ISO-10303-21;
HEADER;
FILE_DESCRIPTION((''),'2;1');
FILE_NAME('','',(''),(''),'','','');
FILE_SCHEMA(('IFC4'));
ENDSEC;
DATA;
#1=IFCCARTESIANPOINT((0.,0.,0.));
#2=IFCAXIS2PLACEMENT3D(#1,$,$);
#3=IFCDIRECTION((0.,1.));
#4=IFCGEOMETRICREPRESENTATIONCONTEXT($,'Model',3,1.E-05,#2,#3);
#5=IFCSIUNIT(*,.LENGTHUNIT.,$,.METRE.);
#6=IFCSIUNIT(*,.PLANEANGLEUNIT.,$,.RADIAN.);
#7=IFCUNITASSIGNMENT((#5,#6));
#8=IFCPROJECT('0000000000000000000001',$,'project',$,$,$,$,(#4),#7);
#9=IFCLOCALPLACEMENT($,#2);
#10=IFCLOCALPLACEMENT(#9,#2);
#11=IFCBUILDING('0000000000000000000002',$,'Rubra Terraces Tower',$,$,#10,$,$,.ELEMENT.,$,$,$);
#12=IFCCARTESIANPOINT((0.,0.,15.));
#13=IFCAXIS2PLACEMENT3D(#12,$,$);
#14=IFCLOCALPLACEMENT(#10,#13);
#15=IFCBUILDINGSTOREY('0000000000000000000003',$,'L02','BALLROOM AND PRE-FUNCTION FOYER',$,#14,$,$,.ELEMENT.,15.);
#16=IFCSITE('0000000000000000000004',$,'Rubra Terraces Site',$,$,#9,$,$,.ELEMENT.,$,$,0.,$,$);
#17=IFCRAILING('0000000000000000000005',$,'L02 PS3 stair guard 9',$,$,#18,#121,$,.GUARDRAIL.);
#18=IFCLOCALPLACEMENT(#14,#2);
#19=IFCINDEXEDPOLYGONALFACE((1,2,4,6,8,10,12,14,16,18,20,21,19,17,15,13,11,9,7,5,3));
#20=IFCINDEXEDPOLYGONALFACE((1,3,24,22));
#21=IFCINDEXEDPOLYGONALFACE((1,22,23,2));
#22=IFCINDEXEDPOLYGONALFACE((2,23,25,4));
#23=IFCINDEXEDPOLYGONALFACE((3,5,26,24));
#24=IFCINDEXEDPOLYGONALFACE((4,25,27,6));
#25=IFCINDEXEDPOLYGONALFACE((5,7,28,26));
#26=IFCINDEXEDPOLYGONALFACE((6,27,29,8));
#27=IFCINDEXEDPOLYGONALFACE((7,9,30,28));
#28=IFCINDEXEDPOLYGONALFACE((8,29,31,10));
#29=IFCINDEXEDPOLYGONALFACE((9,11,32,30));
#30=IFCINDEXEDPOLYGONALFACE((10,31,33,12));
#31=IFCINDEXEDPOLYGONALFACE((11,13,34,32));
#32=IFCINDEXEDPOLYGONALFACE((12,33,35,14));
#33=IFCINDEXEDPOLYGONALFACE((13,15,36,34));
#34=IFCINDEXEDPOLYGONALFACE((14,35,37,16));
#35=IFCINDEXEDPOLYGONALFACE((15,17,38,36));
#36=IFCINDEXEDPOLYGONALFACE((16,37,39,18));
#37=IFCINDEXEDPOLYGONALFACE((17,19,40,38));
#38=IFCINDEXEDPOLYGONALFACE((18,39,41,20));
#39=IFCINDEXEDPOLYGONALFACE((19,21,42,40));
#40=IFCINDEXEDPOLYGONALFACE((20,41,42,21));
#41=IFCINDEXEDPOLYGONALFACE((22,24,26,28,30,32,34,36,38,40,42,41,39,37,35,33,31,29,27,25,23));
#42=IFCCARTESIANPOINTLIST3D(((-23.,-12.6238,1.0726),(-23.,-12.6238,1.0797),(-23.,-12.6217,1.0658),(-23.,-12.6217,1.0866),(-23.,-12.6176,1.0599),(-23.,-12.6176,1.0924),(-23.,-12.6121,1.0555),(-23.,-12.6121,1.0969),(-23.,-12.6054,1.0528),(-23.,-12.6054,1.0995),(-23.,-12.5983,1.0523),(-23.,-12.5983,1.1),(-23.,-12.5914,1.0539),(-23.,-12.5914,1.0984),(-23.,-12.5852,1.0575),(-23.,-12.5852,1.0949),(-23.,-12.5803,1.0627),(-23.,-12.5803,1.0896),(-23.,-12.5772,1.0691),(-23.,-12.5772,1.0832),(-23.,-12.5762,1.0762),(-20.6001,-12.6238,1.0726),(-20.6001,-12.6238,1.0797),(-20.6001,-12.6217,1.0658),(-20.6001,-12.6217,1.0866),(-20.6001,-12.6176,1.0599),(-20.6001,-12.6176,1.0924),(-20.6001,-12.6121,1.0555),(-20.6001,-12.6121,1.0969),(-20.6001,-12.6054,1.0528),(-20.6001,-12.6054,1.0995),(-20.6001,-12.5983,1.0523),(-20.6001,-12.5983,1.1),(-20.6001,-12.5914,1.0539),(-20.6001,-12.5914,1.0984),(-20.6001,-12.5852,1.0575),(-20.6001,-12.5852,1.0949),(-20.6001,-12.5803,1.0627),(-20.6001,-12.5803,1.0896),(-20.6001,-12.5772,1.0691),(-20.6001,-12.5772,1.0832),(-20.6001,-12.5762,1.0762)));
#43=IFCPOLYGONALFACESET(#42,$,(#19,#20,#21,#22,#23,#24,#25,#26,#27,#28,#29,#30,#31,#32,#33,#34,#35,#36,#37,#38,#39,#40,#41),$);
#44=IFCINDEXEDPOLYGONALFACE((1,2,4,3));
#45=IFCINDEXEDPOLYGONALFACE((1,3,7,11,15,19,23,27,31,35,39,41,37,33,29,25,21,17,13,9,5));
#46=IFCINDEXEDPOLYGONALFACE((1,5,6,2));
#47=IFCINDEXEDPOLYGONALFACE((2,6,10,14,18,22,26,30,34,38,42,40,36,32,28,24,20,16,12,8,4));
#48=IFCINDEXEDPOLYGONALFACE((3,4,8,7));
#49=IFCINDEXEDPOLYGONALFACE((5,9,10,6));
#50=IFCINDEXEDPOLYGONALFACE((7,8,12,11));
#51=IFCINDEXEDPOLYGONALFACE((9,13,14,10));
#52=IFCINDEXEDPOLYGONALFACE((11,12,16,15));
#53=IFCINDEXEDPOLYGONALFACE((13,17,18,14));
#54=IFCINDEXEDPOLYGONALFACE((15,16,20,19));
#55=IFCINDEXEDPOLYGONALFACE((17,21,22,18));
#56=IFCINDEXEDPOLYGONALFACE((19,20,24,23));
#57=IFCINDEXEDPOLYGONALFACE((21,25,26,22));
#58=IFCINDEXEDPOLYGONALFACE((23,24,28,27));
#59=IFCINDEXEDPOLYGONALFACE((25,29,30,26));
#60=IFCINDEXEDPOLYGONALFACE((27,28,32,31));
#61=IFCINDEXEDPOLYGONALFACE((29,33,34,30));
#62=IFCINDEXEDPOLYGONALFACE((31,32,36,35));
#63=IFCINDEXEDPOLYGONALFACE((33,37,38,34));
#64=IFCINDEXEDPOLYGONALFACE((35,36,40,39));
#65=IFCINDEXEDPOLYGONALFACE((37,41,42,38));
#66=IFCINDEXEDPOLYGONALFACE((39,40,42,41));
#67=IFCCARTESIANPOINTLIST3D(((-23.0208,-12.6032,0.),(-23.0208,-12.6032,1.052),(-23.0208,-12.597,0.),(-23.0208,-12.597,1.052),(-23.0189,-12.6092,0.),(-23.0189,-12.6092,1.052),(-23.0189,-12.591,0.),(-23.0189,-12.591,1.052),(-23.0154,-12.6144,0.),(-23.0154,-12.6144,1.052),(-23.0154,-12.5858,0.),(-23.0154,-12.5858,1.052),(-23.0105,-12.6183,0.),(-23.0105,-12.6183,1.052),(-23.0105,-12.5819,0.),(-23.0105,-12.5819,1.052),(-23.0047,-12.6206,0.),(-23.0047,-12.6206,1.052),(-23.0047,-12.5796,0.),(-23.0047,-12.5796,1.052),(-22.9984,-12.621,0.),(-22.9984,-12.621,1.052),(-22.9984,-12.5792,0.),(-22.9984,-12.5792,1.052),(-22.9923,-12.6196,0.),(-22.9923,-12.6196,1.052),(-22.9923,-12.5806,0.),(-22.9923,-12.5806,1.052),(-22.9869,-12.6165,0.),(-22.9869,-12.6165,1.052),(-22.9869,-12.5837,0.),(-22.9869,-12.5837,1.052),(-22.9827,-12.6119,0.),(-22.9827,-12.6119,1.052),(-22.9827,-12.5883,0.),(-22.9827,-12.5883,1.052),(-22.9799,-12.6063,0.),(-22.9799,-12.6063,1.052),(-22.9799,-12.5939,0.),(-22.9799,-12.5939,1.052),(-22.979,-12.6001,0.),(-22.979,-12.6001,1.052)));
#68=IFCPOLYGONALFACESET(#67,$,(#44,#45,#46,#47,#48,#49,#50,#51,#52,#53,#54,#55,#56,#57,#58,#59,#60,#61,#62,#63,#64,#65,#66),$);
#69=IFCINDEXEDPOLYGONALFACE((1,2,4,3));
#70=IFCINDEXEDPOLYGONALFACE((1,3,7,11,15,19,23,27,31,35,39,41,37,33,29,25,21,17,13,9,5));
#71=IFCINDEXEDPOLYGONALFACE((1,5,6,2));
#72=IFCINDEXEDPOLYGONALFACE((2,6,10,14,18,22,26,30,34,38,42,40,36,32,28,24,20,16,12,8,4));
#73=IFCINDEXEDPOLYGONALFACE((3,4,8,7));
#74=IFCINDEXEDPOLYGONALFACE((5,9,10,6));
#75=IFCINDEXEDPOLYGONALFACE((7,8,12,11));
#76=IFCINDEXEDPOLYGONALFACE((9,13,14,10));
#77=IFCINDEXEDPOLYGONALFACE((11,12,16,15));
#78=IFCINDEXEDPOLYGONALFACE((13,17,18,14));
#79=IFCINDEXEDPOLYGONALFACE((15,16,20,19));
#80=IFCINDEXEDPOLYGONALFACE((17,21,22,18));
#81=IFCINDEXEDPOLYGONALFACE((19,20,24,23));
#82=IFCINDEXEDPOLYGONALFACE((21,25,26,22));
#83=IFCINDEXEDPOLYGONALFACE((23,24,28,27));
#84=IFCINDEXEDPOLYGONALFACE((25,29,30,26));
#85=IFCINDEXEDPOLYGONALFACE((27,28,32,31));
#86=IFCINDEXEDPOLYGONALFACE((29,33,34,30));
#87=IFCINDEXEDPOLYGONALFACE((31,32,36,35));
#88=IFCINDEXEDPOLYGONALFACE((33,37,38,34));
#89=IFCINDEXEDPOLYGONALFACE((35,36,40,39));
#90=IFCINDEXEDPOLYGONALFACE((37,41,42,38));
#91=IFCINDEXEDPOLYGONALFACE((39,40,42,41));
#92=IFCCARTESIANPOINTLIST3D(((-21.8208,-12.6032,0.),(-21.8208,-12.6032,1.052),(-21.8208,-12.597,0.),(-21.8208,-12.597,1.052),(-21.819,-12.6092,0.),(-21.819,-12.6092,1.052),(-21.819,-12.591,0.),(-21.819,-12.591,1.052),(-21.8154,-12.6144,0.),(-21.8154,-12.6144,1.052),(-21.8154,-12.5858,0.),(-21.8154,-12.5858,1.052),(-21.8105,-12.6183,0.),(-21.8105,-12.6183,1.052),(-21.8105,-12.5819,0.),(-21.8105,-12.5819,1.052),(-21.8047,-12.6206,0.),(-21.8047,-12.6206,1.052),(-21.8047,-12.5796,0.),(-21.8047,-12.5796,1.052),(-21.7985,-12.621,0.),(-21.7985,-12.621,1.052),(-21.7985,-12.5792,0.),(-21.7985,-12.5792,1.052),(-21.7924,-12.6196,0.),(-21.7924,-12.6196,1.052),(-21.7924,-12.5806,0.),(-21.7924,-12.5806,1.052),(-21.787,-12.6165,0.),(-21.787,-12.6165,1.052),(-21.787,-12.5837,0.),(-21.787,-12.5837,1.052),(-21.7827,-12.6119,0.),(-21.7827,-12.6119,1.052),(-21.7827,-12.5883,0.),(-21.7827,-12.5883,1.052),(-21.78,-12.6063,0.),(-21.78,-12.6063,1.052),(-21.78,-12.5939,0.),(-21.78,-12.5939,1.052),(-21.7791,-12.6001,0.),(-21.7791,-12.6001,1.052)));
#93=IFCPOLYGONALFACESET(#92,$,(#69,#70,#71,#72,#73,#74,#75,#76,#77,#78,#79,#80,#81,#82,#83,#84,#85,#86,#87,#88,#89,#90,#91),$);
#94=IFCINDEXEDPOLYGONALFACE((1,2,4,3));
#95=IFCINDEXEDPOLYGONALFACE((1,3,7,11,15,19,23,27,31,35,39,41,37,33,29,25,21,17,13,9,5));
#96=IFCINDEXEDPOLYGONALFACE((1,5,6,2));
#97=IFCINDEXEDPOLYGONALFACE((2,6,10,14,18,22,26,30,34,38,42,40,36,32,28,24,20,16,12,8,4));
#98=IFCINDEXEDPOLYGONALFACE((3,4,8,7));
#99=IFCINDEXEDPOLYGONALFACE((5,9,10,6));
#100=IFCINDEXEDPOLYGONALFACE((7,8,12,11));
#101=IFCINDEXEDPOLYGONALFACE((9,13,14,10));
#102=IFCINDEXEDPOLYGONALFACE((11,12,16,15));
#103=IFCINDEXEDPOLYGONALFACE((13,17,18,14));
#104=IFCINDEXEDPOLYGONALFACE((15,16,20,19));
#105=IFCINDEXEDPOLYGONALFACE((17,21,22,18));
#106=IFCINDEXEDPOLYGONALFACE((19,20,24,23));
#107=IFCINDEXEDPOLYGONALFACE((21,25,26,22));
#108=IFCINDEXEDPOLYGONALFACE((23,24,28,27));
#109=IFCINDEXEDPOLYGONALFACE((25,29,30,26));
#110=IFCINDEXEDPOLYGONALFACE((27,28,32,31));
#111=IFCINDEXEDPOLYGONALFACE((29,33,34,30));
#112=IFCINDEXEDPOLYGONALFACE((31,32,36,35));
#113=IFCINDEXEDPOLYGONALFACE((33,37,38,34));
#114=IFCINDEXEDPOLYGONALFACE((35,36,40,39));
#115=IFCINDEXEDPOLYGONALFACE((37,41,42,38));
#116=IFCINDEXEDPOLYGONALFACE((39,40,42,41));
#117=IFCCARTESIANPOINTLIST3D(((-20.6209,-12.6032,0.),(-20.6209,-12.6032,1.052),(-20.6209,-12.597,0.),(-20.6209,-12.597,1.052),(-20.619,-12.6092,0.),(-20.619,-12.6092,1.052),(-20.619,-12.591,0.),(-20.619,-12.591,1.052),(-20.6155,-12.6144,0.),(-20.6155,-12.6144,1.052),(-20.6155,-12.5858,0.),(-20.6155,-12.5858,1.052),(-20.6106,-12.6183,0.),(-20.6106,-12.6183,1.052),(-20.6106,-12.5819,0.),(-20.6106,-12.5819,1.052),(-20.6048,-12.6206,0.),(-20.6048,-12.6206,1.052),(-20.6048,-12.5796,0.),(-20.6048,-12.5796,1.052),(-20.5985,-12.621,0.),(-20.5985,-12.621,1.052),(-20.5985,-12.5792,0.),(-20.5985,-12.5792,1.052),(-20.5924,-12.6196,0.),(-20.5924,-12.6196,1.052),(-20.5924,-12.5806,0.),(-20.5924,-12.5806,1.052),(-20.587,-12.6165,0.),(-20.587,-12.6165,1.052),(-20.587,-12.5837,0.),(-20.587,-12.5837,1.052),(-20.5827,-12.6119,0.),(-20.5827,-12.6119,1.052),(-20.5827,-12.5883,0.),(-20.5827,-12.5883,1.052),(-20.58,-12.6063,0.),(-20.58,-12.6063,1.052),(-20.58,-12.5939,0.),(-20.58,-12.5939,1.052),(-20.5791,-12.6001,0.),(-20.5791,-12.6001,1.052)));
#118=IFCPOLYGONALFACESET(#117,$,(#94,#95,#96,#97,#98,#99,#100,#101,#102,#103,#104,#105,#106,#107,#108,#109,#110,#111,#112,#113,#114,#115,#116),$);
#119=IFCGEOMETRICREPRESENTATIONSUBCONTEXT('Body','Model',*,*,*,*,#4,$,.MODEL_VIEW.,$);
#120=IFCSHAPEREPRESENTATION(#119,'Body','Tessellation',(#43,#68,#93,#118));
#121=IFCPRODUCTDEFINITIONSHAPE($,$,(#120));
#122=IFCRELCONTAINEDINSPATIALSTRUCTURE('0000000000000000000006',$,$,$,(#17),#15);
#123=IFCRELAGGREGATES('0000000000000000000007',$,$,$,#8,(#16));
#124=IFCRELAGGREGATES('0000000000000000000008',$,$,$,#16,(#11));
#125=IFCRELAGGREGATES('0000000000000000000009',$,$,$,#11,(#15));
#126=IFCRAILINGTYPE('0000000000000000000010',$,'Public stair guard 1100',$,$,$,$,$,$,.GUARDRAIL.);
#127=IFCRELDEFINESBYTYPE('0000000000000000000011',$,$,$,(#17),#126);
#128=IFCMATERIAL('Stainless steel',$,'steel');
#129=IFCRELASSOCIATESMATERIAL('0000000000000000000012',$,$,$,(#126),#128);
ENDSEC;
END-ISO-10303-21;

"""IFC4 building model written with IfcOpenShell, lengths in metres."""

from ifc_helpers import new_model, si_unit, direction, frame, origin, origin_2d, place, context, subcontext, project, spatial, circle, extrude, material, type_object, element, save


model = new_model("IFC4")

# Units and contexts
model_context = context("Model", 3, precision=1e-05, world=origin(), true_north=direction((0.0, 1.0)))
body_context = subcontext(model_context, "Body", "Model", "MODEL_VIEW")
ifc_project = project(units=[si_unit("LENGTHUNIT", "METRE"), si_unit("PLANEANGLEUNIT", "RADIAN")], contexts=[model_context])

# Site, building, storey
site_placement = place(None, origin())
site = spatial("IfcSite", under=ifc_project, at=site_placement, Name="Rubra Terraces Site", CompositionType="ELEMENT", RefElevation=0.0)
building_placement = place(site_placement, origin())
building = spatial("IfcBuilding", under=site, at=building_placement, Name="Rubra Terraces Tower", CompositionType="ELEMENT")
storey_placement = place(building_placement, frame((0.0, 0.0, 15.0)))
storey = spatial("IfcBuildingStorey", under=building, at=storey_placement, Name="L02", Description="BALLROOM AND PRE-FUNCTION FOYER", CompositionType="ELEMENT", Elevation=15.0)

# Railing
ifc_material_1 = material(Name="Stainless steel", Category="steel")
railing_type = type_object("IfcRailingType", Name="Public stair guard 1100", PredefinedType="GUARDRAIL", material=ifc_material_1)
railing_placement = place(storey_placement, frame((-23.0, -12.6001, 0.0)))
element("IfcRailing", 1, at=railing_placement, inside=storey, type_object=railing_type, Name="L02 PS3 stair guard 9", PredefinedType="GUARDRAIL", context=body_context, shape_type="SweptSolid", body=[
    extrude(circle(Radius=0.0239, at=origin_2d()), frame((0.0, 0.0, 1.0762), z_axis=(1.0, 0.0, 0.0), x_axis=(0.0, 1.0, 0.0)), (0.0, 0.0, 1.0), 2.3999),
    extrude(circle(Radius=0.021, at=origin_2d()), origin(), (0.0, 0.0, 1.0), 1.052),
    extrude(circle(Radius=0.021, at=origin_2d()), frame((1.2, 0.0, 0.0)), (0.0, 0.0, 1.0), 1.052),
    extrude(circle(Radius=0.021, at=origin_2d()), frame((2.3999, 0.0, 0.0)), (0.0, 0.0, 1.0), 1.052),
])

save(model, "model.ifc")
